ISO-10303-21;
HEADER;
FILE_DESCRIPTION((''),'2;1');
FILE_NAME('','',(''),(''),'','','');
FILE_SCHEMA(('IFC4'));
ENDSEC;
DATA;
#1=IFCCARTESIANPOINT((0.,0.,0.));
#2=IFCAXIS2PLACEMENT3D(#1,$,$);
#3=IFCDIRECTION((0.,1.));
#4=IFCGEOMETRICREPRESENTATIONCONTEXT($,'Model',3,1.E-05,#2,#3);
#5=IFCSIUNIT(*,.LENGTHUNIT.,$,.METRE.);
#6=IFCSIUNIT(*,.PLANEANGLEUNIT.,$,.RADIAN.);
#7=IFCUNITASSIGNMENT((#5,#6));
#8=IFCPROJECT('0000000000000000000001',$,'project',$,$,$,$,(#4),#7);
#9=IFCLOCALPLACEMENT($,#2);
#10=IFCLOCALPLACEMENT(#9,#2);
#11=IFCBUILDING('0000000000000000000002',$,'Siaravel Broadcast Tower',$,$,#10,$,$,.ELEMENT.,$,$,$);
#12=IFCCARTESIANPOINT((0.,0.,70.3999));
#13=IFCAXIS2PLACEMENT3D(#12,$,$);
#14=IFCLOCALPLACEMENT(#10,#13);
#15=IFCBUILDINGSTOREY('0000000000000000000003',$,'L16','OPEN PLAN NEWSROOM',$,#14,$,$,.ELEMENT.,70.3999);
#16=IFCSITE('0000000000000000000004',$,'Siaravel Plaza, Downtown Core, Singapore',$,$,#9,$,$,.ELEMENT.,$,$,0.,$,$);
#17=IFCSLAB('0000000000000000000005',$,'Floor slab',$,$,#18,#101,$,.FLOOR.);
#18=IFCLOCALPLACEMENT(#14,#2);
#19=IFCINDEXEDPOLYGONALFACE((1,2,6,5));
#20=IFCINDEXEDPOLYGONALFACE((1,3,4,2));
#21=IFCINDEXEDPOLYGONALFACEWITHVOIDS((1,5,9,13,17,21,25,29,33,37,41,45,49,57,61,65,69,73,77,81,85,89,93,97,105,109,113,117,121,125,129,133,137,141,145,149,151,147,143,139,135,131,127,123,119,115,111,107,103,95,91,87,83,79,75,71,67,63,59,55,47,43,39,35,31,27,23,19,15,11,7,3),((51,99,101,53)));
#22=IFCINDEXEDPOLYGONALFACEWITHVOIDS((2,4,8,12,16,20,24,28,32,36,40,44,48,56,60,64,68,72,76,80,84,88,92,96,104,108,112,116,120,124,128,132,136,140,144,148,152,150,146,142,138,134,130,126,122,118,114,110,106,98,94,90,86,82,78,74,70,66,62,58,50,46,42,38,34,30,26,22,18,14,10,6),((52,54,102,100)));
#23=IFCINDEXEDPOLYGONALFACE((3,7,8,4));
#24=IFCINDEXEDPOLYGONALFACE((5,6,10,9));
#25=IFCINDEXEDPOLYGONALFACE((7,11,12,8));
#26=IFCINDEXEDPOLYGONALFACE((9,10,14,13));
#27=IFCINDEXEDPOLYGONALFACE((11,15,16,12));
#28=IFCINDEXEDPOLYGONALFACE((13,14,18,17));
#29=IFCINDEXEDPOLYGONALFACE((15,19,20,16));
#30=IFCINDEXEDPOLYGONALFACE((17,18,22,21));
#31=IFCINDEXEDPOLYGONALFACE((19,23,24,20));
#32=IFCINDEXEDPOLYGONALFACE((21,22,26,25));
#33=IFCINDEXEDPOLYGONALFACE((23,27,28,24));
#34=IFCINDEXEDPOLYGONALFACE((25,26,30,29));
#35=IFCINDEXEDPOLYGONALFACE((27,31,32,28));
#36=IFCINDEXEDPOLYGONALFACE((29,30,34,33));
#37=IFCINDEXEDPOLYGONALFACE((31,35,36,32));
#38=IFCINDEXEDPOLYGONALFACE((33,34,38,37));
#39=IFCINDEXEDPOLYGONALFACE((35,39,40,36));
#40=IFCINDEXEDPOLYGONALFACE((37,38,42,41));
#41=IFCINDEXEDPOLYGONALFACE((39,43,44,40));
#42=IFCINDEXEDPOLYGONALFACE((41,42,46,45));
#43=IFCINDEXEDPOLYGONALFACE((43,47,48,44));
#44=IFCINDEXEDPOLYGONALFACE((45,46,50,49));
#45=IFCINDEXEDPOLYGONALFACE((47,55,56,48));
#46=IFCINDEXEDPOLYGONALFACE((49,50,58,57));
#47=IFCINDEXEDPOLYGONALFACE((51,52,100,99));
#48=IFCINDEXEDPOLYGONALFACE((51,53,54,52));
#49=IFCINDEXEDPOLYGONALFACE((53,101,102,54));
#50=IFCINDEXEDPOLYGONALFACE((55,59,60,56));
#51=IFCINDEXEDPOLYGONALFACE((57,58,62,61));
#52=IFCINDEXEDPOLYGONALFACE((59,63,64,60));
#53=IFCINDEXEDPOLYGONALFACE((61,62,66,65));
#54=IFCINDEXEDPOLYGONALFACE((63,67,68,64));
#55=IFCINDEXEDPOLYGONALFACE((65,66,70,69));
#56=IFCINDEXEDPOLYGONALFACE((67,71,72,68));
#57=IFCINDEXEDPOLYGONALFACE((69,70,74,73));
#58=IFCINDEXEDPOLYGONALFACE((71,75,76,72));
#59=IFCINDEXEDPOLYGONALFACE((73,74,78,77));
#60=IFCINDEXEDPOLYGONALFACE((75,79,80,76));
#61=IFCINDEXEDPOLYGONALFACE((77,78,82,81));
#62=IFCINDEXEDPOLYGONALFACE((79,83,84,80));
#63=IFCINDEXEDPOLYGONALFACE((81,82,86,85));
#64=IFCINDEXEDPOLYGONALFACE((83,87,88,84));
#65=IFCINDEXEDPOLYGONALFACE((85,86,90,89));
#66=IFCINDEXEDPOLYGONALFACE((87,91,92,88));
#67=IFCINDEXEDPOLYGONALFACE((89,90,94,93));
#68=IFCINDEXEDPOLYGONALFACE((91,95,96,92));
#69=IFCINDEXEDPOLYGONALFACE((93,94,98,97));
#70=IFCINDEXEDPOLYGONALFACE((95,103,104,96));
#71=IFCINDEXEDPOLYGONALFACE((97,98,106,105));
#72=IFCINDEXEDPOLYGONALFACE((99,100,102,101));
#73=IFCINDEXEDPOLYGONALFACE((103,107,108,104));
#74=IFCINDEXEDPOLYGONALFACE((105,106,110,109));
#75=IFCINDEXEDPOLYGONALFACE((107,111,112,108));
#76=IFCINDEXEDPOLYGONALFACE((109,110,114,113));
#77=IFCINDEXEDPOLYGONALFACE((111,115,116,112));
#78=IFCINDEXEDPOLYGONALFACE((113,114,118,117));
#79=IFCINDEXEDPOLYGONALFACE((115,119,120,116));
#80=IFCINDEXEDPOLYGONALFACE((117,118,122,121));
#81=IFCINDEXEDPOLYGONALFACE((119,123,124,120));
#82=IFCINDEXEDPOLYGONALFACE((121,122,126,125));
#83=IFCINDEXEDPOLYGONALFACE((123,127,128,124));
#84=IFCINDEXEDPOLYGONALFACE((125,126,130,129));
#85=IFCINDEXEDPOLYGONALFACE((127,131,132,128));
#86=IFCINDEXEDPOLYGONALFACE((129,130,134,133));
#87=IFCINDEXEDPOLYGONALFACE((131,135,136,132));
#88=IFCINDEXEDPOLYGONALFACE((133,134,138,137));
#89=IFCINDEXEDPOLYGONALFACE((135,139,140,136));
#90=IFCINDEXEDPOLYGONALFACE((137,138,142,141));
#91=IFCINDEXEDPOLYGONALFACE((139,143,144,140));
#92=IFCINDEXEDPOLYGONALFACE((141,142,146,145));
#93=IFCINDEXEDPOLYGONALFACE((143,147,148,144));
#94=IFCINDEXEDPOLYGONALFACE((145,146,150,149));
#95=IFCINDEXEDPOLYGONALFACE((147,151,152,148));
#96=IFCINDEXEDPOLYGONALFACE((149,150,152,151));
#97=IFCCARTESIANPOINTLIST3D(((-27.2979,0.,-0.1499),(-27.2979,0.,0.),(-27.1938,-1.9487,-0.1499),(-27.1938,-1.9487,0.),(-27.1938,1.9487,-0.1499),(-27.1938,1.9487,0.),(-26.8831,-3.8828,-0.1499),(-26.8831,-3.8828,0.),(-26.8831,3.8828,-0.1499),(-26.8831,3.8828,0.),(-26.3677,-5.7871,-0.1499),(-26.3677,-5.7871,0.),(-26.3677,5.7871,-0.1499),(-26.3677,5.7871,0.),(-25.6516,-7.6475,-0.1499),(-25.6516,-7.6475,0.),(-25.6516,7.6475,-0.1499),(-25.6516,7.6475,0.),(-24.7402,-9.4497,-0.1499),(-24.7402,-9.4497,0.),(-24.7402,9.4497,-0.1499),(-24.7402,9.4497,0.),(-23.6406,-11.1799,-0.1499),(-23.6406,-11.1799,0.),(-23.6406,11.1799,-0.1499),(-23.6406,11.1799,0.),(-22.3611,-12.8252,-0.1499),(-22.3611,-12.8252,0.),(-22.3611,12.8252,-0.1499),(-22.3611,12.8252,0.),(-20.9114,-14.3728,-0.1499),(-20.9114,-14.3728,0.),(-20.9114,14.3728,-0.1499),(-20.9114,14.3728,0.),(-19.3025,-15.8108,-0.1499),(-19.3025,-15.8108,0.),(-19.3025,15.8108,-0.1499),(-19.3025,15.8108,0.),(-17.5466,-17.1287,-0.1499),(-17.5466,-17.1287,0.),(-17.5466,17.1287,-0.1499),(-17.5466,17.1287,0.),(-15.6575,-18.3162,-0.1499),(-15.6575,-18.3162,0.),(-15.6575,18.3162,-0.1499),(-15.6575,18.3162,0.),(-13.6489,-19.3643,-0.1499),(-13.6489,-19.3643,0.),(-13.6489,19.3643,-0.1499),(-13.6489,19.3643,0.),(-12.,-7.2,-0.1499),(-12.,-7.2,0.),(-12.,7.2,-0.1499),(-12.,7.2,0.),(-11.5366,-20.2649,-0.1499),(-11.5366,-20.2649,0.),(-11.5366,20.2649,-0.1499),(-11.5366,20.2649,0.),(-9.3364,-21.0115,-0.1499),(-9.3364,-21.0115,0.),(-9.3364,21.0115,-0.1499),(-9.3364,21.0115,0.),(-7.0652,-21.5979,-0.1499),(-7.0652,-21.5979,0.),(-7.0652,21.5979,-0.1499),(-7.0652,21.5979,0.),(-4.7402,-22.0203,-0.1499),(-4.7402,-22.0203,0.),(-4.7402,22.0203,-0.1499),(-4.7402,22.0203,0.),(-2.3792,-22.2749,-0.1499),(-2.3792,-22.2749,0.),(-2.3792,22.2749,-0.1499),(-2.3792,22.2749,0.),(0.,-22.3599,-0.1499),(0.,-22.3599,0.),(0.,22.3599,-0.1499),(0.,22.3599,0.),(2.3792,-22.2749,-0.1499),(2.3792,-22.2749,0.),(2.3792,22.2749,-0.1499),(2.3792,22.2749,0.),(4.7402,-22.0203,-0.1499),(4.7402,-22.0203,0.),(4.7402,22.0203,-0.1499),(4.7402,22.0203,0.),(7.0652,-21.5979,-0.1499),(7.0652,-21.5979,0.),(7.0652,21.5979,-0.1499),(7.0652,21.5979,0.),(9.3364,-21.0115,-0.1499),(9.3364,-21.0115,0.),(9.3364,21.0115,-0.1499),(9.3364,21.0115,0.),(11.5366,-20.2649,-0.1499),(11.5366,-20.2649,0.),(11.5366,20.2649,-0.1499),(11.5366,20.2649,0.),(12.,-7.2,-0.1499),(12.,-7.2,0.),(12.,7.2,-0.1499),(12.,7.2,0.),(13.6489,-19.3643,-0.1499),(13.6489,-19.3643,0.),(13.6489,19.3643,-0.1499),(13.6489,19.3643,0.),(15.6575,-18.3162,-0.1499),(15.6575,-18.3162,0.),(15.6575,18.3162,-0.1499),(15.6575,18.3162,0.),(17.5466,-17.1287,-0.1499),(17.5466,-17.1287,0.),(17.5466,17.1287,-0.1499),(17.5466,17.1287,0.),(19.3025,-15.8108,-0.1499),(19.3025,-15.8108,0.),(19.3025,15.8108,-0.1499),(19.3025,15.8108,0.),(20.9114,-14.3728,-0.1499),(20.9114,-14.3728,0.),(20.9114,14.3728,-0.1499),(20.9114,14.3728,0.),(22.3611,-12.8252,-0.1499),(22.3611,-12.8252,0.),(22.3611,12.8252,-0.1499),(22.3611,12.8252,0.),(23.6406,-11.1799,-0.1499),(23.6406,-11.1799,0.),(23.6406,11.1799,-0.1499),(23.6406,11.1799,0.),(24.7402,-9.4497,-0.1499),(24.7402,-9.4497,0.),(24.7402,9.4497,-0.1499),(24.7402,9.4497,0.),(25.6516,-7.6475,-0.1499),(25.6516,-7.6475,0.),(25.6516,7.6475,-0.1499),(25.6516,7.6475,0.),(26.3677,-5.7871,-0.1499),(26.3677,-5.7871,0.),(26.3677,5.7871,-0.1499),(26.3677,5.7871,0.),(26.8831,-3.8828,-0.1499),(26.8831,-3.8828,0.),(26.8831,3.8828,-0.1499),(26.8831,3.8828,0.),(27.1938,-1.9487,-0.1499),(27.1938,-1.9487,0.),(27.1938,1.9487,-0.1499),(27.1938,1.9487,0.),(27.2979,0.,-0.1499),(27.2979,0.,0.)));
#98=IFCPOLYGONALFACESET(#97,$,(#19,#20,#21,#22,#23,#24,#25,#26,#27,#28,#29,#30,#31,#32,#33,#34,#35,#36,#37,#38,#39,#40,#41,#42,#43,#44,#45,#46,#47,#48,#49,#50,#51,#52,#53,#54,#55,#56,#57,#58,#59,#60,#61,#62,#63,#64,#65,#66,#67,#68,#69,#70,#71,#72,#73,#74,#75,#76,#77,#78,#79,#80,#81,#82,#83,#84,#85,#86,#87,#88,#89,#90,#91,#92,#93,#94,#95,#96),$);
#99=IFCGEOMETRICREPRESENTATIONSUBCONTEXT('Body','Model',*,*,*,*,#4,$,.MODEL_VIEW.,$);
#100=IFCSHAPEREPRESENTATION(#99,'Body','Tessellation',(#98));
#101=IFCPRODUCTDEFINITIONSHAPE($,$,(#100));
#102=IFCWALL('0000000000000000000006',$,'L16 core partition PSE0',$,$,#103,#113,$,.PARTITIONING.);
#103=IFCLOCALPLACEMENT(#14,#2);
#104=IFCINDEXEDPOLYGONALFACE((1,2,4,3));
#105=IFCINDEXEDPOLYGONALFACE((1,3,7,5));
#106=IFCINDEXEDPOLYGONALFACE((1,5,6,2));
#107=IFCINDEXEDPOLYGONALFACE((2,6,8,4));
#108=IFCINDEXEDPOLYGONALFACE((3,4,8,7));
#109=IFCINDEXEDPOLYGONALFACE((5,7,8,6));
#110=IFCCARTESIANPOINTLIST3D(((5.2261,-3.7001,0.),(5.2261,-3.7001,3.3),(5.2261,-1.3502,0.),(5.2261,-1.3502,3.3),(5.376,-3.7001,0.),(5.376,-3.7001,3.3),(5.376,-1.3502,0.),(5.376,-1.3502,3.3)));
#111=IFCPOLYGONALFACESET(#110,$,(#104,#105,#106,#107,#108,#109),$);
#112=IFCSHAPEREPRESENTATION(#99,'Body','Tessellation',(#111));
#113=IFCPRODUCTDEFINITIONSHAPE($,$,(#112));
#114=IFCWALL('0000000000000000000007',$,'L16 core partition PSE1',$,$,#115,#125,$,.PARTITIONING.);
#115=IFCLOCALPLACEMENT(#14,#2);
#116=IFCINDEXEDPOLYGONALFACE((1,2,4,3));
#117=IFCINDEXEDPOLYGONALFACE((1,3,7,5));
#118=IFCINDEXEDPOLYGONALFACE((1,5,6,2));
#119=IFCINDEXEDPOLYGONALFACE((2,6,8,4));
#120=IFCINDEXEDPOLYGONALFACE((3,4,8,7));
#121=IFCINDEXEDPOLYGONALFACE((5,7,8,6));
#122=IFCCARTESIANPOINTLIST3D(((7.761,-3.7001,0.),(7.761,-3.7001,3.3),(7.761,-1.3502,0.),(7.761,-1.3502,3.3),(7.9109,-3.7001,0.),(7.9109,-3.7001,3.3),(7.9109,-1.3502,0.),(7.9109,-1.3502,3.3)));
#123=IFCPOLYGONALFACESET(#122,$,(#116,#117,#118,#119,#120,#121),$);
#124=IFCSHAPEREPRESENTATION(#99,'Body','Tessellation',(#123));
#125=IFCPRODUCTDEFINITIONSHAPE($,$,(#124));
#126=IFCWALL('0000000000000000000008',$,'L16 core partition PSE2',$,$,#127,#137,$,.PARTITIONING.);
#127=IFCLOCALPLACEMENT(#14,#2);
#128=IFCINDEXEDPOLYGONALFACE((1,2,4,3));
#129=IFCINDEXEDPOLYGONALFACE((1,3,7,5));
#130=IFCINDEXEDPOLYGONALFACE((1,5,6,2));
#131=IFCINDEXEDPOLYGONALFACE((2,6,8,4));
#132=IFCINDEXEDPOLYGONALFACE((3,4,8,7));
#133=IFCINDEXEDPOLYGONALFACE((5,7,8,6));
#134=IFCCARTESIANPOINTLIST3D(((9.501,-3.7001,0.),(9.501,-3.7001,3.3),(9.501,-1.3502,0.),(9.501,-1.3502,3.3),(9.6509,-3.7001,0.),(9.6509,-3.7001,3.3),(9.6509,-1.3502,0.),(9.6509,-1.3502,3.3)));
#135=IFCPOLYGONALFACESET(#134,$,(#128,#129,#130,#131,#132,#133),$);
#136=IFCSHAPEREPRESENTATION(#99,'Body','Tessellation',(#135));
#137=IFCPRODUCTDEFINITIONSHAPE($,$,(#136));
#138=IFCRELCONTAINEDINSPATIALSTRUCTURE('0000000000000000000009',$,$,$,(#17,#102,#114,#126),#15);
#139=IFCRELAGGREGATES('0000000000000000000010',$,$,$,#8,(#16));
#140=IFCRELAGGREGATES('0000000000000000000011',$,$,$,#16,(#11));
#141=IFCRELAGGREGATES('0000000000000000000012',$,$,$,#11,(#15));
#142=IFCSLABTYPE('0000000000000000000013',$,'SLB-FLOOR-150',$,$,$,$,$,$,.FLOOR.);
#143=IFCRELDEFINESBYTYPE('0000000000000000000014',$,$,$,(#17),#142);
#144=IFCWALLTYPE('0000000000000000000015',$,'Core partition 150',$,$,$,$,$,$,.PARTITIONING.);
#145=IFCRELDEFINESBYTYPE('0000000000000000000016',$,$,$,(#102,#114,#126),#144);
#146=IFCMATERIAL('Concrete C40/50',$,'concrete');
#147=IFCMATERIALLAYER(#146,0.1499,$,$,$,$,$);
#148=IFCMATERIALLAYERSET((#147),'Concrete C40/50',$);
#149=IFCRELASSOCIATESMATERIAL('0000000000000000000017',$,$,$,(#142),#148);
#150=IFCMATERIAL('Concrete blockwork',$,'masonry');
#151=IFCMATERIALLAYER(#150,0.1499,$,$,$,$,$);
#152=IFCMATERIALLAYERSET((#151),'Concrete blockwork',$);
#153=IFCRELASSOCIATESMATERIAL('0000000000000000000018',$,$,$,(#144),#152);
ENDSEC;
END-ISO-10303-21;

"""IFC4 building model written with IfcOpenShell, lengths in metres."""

from ifc_helpers import new_model, si_unit, direction, frame, frame_2d, origin, place, context, subcontext, project, spatial, polyline, rectangle, outline, extrude, material, layer, layer_set, type_object, element, save


model = new_model("IFC4")

# Units and contexts
model_context = context("Model", 3, precision=1e-05, world=origin(), true_north=direction((0.0, 1.0)))
body_context = subcontext(model_context, "Body", "Model", "MODEL_VIEW")
ifc_project = project(units=[si_unit("LENGTHUNIT", "METRE"), si_unit("PLANEANGLEUNIT", "RADIAN")], contexts=[model_context])

# Site, building, storey
site_placement = place(None, origin())
site = spatial("IfcSite", under=ifc_project, at=site_placement, Name="Siaravel Plaza, Downtown Core, Singapore", CompositionType="ELEMENT", RefElevation=0.0)
building_placement = place(site_placement, origin())
building = spatial("IfcBuilding", under=site, at=building_placement, Name="Siaravel Broadcast Tower", CompositionType="ELEMENT")
storey_placement = place(building_placement, frame((0.0, 0.0, 70.3999)))
storey = spatial("IfcBuildingStorey", under=building, at=storey_placement, Name="L16", Description="OPEN PLAN NEWSROOM", CompositionType="ELEMENT", Elevation=70.3999)

# Slab
ifc_material_1 = material(Name="Concrete C40/50", Category="concrete")
ifc_layer_1 = layer(ifc_material_1, 0.1499)
ifc_layer_set_1 = layer_set([ifc_layer_1], Name="Concrete C40/50")
slab_type = type_object("IfcSlabType", Name="SLB-FLOOR-150", PredefinedType="FLOOR", material=ifc_layer_set_1)
slab_placement = place(storey_placement, frame((0.0, 0.0, -0.1499)))
element("IfcSlab", 1, at=slab_placement, inside=storey, type_object=slab_type, Name="Floor slab", PredefinedType="FLOOR", context=body_context, shape_type="SweptSolid", body=[
    extrude(outline(polyline([(27.2979, 0.0), (27.1938, 1.9487), (26.8831, 3.8828), (26.3677, 5.7871), (25.6516, 7.6475), (24.7402, 9.4497), (23.6406, 11.1799), (22.3611, 12.8252), (20.9114, 14.3728), (19.3025, 15.8108), (17.5466, 17.1287), (15.6575, 18.3162), (13.6489, 19.3643), (11.5366, 20.2649), (9.3364, 21.0115), (7.0652, 21.5979), (4.7402, 22.0203), (2.3792, 22.2749), (0.0, 22.3599), (-2.3792, 22.2749), (-4.7402, 22.0203), (-7.0652, 21.5979), (-9.3364, 21.0115), (-11.5366, 20.2649), (-13.6489, 19.3643), (-15.6575, 18.3162), (-17.5466, 17.1287), (-19.3025, 15.8108), (-20.9114, 14.3728), (-22.3611, 12.8252), (-23.6406, 11.1799), (-24.7402, 9.4497), (-25.6516, 7.6475), (-26.3677, 5.7871), (-26.8831, 3.8828), (-27.1938, 1.9487), (-27.2979, 0.0), (-27.1938, -1.9487), (-26.8831, -3.8828), (-26.3677, -5.7871), (-25.6516, -7.6475), (-24.7402, -9.4497), (-23.6406, -11.1799), (-22.3611, -12.8252), (-20.9114, -14.3728), (-19.3025, -15.8108), (-17.5466, -17.1287), (-15.6575, -18.3162), (-13.6489, -19.3643), (-11.5366, -20.2649), (-9.3364, -21.0115), (-7.0652, -21.5979), (-4.7402, -22.0203), (-2.3792, -22.2749), (0.0, -22.3599), (2.3792, -22.2749), (4.7402, -22.0203), (7.0652, -21.5979), (9.3364, -21.0115), (11.5366, -20.2649), (13.6489, -19.3643), (15.6575, -18.3162), (17.5466, -17.1287), (19.3025, -15.8108), (20.9114, -14.3728), (22.3611, -12.8252), (23.6406, -11.1799), (24.7402, -9.4497), (25.6516, -7.6475), (26.3677, -5.7871), (26.8831, -3.8828), (27.1938, -1.9487), (27.2979, 0.0)]), holes=[polyline([(-12.0, 7.2), (12.0, 7.2), (12.0, -7.2), (-12.0, -7.2), (-12.0, 7.2)])]), origin(), (0.0, 0.0, 1.0), 0.1499),
])

# Walls
ifc_material_2 = material(Name="Concrete blockwork", Category="masonry")
ifc_layer_2 = layer(ifc_material_2, 0.1499)
ifc_layer_set_2 = layer_set([ifc_layer_2], Name="Concrete blockwork")
wall_type_1 = type_object("IfcWallType", Name="Core partition 150", PredefinedType="PARTITIONING", material=ifc_layer_set_2)
for number, where, z_axis, x_axis, name in (
    (2, (5.301, -3.7, 0.0), (0.0, 0.0, 1.0), (0.0, 1.0, 0.0), "L16 core partition PSE0"),
    (3, (7.8359, -3.7, 0.0), (0.0, 0.0, 1.0), (0.0, 1.0, 0.0), "L16 core partition PSE1"),
    (4, (9.5759, -3.7, 0.0), (0.0, 0.0, 1.0), (0.0, 1.0, 0.0), "L16 core partition PSE2"),
):
    element("IfcWall", number, at=place(storey_placement, frame(where, z_axis=z_axis, x_axis=x_axis)), inside=storey, type_object=wall_type_1, Name=name, PredefinedType="PARTITIONING", context=body_context, shape_type="SweptSolid", body=[
        extrude(rectangle(XDim=2.3499, YDim=0.1499, at=frame_2d((1.1748, 0.0))), origin(), (0.0, 0.0, 1.0), 3.3),
    ])

save(model, "model.ifc")
